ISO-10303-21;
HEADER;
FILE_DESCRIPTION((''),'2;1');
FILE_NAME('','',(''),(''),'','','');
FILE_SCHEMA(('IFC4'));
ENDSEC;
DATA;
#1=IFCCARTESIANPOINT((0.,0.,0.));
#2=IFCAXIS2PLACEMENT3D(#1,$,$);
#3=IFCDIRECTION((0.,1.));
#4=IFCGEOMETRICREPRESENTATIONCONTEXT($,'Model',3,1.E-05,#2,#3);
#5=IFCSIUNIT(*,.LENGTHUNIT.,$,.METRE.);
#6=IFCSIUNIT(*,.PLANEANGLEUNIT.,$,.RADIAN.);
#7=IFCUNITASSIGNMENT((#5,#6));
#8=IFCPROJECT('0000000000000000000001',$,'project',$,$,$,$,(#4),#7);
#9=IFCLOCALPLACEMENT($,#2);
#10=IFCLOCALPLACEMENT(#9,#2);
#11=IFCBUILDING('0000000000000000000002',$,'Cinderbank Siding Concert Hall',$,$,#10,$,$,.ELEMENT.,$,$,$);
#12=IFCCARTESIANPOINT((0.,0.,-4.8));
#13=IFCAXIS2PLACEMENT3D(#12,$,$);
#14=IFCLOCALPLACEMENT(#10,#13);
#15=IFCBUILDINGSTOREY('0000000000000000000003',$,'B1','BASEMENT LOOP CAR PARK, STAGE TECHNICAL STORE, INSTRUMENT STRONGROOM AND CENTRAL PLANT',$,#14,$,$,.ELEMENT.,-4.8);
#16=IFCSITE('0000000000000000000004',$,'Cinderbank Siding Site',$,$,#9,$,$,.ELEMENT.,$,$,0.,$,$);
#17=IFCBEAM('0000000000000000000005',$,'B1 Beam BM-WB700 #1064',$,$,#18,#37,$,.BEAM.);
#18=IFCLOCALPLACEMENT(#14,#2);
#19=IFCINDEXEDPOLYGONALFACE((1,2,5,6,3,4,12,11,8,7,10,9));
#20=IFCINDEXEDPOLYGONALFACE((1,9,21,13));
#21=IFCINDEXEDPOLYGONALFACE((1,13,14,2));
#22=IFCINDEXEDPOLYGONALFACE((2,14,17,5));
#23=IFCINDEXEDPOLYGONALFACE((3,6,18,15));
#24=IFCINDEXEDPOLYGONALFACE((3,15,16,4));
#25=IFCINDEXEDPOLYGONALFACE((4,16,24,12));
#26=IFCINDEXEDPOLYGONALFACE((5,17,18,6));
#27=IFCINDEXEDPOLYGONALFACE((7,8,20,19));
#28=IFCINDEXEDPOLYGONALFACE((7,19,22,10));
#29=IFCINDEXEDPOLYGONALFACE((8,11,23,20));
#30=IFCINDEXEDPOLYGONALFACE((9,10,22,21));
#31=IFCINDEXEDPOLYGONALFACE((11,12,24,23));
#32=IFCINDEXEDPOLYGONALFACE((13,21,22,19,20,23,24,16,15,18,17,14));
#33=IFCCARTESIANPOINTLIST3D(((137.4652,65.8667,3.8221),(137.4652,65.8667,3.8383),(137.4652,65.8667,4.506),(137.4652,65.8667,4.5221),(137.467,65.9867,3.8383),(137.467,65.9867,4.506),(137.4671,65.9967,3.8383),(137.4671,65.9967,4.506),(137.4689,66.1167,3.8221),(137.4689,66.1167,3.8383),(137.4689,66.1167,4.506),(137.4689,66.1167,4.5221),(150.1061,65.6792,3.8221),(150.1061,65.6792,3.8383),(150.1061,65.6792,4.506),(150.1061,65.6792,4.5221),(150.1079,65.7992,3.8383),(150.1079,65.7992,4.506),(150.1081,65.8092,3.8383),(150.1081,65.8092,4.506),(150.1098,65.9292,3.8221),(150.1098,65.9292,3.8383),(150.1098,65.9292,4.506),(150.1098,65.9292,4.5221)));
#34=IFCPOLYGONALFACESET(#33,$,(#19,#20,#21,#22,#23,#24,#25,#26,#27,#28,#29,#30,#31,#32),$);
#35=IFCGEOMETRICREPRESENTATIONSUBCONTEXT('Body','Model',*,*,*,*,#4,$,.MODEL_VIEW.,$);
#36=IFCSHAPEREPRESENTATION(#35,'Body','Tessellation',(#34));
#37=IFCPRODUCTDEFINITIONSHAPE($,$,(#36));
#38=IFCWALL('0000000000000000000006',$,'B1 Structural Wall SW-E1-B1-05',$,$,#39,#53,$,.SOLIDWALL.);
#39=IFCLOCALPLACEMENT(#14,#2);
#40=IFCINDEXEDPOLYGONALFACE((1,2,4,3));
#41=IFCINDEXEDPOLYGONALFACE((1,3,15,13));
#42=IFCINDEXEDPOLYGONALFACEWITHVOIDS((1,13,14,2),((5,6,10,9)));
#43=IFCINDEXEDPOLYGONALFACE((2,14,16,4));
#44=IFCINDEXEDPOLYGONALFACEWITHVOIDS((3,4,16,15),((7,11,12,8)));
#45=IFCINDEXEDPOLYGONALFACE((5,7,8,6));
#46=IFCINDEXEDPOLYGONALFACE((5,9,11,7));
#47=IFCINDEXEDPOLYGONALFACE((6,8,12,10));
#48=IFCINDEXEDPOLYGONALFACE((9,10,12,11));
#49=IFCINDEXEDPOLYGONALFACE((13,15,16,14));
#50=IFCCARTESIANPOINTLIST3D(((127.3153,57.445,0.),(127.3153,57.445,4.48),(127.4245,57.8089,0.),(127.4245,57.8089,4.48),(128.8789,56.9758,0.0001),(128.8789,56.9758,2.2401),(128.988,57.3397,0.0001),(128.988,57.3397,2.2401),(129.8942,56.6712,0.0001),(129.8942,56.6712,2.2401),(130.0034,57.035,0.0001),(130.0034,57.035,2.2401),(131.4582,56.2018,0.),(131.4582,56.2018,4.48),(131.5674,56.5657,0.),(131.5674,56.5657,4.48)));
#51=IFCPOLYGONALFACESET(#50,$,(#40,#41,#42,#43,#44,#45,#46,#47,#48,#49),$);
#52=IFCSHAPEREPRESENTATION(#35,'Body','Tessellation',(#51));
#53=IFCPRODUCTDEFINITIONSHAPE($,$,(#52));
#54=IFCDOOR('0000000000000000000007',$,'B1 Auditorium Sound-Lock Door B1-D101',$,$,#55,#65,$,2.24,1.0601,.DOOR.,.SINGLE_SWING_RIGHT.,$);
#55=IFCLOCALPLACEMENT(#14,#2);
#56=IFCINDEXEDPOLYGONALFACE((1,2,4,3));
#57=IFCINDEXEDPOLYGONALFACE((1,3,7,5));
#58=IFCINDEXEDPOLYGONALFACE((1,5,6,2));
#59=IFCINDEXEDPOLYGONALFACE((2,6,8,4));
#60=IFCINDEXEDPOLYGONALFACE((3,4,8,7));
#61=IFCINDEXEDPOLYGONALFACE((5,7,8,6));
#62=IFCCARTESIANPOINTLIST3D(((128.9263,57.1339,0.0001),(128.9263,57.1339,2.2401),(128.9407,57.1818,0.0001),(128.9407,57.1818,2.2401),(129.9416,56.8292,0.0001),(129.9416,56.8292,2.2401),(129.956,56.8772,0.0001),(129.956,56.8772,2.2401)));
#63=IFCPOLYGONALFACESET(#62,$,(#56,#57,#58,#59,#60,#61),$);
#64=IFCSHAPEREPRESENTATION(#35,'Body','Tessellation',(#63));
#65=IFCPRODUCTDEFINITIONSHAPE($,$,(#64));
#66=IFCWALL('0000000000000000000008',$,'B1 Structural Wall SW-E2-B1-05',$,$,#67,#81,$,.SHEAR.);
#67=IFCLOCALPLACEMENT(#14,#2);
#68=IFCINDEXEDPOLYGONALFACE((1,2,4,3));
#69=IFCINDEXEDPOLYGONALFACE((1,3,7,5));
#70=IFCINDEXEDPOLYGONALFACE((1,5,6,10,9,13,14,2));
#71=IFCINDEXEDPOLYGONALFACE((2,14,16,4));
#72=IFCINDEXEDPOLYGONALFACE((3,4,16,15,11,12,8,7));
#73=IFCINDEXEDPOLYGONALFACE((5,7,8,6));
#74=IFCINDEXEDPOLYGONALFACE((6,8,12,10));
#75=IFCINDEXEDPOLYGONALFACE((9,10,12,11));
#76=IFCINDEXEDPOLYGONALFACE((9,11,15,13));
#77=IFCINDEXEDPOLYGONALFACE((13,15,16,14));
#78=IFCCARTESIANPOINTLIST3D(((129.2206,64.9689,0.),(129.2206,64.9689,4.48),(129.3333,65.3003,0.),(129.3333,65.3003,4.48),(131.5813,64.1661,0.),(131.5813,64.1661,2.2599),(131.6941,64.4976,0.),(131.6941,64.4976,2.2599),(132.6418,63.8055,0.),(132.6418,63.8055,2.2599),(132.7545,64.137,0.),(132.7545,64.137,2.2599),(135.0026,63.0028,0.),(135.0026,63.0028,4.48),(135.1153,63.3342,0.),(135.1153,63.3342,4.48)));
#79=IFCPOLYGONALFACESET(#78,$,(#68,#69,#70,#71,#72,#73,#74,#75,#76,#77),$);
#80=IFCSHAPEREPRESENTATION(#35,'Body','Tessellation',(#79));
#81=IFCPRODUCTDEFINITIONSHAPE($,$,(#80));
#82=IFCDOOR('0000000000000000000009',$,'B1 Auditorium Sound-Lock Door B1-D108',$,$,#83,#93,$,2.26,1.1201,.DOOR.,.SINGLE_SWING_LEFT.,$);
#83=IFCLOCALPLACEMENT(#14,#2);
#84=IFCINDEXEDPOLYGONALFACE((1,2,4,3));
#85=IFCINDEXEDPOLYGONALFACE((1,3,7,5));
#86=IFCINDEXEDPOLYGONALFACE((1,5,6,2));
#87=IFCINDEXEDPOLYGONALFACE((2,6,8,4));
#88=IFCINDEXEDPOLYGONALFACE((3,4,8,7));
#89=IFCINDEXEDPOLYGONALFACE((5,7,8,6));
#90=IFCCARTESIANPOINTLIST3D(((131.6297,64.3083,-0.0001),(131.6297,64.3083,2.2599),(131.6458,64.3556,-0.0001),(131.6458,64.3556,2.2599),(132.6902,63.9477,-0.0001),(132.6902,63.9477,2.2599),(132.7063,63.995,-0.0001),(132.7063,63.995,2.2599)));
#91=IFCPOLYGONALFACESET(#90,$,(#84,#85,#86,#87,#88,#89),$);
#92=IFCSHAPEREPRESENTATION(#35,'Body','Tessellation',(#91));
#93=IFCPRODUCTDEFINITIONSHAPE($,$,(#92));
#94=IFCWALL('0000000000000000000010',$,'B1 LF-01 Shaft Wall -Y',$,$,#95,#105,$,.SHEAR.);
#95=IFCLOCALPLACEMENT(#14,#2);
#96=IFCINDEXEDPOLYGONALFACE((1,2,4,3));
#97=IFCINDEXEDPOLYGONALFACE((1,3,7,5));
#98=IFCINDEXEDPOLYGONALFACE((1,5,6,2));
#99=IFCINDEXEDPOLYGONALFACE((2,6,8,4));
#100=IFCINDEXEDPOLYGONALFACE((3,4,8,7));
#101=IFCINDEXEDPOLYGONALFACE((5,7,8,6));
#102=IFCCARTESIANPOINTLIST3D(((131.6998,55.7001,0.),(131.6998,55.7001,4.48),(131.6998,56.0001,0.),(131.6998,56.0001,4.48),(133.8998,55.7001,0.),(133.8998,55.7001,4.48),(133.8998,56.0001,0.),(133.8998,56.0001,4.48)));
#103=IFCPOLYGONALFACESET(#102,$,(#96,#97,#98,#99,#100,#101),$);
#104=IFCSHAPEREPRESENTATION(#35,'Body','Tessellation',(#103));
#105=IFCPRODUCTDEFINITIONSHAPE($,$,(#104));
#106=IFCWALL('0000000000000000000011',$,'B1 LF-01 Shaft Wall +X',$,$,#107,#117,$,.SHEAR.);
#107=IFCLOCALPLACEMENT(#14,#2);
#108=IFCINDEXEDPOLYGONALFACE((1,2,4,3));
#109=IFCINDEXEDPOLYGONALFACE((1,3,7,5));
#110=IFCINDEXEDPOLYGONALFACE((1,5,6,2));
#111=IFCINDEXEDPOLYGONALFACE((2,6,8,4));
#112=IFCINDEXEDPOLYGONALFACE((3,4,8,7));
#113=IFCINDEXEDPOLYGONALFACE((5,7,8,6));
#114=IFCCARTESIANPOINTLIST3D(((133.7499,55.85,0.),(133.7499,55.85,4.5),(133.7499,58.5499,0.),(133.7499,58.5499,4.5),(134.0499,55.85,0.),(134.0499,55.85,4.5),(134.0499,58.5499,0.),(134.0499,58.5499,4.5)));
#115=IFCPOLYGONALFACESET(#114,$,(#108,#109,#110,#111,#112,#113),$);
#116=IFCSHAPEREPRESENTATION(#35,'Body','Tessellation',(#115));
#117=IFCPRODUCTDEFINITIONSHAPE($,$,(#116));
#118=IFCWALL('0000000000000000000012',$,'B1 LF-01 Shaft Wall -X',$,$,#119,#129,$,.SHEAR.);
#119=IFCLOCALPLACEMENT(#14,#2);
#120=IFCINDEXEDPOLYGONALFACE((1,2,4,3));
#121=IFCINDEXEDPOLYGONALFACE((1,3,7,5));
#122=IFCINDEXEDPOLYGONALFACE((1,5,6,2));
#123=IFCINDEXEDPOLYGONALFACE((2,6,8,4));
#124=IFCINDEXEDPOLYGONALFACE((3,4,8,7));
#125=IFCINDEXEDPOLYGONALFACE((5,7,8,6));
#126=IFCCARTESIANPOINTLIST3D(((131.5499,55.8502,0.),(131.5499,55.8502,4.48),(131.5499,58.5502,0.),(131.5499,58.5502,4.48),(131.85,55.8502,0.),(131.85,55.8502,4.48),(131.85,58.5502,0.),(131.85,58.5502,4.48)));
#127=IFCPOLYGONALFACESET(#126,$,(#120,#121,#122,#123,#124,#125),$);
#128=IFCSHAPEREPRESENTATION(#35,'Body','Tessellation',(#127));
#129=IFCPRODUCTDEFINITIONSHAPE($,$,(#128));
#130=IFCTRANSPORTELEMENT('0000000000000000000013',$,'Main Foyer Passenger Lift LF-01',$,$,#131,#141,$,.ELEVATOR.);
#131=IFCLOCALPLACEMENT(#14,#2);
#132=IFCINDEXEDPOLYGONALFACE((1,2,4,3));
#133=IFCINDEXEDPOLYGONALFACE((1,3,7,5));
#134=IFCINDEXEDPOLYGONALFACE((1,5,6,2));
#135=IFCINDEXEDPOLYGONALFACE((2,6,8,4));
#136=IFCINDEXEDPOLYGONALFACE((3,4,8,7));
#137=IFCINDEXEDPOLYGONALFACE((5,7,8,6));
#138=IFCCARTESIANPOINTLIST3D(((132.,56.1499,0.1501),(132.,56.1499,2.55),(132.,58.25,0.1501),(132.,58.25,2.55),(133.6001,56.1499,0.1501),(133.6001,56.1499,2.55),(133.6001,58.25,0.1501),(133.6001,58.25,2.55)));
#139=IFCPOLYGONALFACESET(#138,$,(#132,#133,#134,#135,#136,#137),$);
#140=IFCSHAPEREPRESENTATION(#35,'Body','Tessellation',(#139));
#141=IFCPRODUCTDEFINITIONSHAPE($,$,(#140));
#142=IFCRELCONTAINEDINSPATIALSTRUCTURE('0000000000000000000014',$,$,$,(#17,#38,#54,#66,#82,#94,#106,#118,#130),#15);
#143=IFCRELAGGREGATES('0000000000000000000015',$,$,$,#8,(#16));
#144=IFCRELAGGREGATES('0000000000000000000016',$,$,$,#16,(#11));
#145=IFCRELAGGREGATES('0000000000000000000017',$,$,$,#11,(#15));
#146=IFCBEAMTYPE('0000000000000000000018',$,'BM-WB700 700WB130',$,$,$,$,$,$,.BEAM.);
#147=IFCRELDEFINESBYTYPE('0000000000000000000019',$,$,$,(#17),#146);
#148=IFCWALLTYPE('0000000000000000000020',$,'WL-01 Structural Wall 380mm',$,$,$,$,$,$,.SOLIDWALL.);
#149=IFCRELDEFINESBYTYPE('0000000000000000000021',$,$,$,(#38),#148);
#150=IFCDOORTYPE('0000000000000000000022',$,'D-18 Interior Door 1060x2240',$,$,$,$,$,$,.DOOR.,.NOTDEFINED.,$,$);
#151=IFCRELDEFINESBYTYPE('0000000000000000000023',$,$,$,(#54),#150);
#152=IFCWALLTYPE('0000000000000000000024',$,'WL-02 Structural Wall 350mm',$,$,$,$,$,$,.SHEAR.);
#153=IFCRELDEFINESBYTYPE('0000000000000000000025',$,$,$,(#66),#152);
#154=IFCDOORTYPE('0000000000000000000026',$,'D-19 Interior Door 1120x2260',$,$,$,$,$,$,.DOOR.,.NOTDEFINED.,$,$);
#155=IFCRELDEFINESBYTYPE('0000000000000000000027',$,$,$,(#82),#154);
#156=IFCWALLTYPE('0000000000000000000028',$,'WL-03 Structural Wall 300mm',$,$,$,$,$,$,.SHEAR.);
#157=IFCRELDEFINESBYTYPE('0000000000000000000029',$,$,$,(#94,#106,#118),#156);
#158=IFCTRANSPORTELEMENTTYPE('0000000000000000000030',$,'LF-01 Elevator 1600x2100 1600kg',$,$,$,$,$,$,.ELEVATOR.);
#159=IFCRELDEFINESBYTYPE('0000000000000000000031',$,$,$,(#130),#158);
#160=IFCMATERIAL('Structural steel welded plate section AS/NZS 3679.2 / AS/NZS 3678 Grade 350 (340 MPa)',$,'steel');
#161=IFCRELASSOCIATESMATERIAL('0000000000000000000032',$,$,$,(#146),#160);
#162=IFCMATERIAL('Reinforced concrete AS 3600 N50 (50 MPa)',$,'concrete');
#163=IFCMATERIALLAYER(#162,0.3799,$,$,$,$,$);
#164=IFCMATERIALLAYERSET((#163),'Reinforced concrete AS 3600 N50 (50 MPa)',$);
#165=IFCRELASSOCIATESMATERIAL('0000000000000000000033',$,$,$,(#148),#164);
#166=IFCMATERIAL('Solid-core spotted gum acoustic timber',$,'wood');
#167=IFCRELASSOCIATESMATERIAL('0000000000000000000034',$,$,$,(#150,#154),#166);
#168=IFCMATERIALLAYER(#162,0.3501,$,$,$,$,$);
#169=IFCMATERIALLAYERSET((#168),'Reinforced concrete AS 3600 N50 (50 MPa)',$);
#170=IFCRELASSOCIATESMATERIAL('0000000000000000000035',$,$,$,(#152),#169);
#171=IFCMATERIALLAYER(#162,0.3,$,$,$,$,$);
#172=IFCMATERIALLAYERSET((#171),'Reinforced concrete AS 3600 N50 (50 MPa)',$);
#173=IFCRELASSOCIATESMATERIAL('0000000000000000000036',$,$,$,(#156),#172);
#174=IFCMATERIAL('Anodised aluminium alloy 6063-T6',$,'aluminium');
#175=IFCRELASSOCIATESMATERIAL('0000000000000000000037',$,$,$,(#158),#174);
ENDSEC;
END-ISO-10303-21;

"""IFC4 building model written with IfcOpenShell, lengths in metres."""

from ifc_helpers import new_model, si_unit, direction, frame, frame_2d, origin, origin_2d, place, context, subcontext, project, spatial, rectangle, i_section, extrude, material, layer, layer_set, material_profile, profile_set, type_object, element, fill, save


model = new_model("IFC4")

# Units and contexts
model_context = context("Model", 3, precision=1e-05, world=origin(), true_north=direction((0.0, 1.0)))
body_context = subcontext(model_context, "Body", "Model", "MODEL_VIEW")
ifc_project = project(units=[si_unit("LENGTHUNIT", "METRE"), si_unit("PLANEANGLEUNIT", "RADIAN")], contexts=[model_context])

# Site, building, storey
site_placement = place(None, origin())
site = spatial("IfcSite", under=ifc_project, at=site_placement, Name="Cinderbank Siding Site", CompositionType="ELEMENT", RefElevation=0.0)
building_placement = place(site_placement, origin())
building = spatial("IfcBuilding", under=site, at=building_placement, Name="Cinderbank Siding Concert Hall", CompositionType="ELEMENT")
storey_placement = place(building_placement, frame((0.0, 0.0, -4.8)))
storey = spatial("IfcBuildingStorey", under=building, at=storey_placement, Name="B1", Description="BASEMENT LOOP CAR PARK, STAGE TECHNICAL STORE, INSTRUMENT STRONGROOM AND CENTRAL PLANT", CompositionType="ELEMENT", Elevation=-4.8)

# Shared definitions
ifc_material_1 = material(Name="Reinforced concrete AS 3600 N50 (50 MPa)", Category="concrete")

# Beam
ifc_material_2 = material(Name="Structural steel welded plate section AS/NZS 3679.2 / AS/NZS 3678 Grade 350 (340 MPa)", Category="steel")
ifc_material_profile_1 = material_profile(ifc_material_2, i_section(OverallWidth=0.25, OverallDepth=0.7, WebThickness=0.01, FlangeThickness=0.0161, at=origin_2d()), Name="700WB130", Category="LoadBearing")
ifc_profile_set_1 = profile_set([ifc_material_profile_1], Name="Structural steel welded plate section AS/NZS 3679.2 / AS/NZS 3678 Grade 350 (340 MPa)")
beam_type_1 = type_object("IfcBeamType", Name="BM-WB700 700WB130", PredefinedType="BEAM", material=ifc_profile_set_1)
beam_1_placement = place(storey_placement, frame((137.467, 65.9917, 4.1721), z_axis=(0.99989, -0.014831, 0.0), x_axis=(0.014831, 0.99989, 0.0)))
element("IfcBeam", 1, at=beam_1_placement, inside=storey, type_object=beam_type_1, Name="B1 Beam BM-WB700 #1064", PredefinedType="BEAM", context=body_context, shape_type="SweptSolid", body=[
    extrude(i_section(OverallWidth=0.25, OverallDepth=0.7, WebThickness=0.01, FlangeThickness=0.0161, at=origin_2d()), origin(), (0.0, 0.0, 1.0), 12.6423),
])

# Walls, openings, doors
ifc_layer_1 = layer(ifc_material_1, 0.3799)
ifc_layer_set_1 = layer_set([ifc_layer_1], Name="Reinforced concrete AS 3600 N50 (50 MPa)")
wall_type_1 = type_object("IfcWallType", Name="WL-01 Structural Wall 380mm", PredefinedType="SOLIDWALL", material=ifc_layer_set_1)
wall_1_placement = place(storey_placement, frame((131.5127, 56.3838, 0.0), z_axis=(0.0, 0.0, 1.0), x_axis=(-0.957806, 0.287415, 0.0)))
wall_1 = element("IfcWall", 2, at=wall_1_placement, inside=storey, type_object=wall_type_1, Name="B1 Structural Wall SW-E1-B1-05", PredefinedType="SOLIDWALL", context=body_context, shape_type="SweptSolid", body=[
    extrude(rectangle(XDim=4.3254, YDim=0.3799, at=frame_2d((2.1626, 0.0))), origin(), (0.0, 0.0, 1.0), 4.48),
])
opening_1_placement = place(wall_1_placement, frame((1.6328, 0.0, 0.0)))
opening_1 = element("IfcOpeningElement", 3, at=opening_1_placement, cuts=wall_1, PredefinedType="OPENING", context=body_context, shape_type="SweptSolid", body=[
    extrude(rectangle(XDim=1.0601, YDim=2.24, at=frame_2d((0.53, 1.1201))), frame((0.0, 0.2019, 0.0), z_axis=(0.0, -1.0, 0.0), x_axis=(1.0, 0.0, 0.0)), (0.0, 0.0, 1.0), 0.4038),
])
ifc_material_3 = material(Name="Solid-core spotted gum acoustic timber", Category="wood")
door_type_1 = type_object("IfcDoorType", Name="D-18 Interior Door 1060x2240", OperationType="NOTDEFINED", PredefinedType="DOOR", material=ifc_material_3)
door_1_placement = place(opening_1_placement, origin())
door_1 = element("IfcDoor", 4, at=door_1_placement, inside=storey, type_object=door_type_1, Name="B1 Auditorium Sound-Lock Door B1-D101", OperationType="SINGLE_SWING_RIGHT", OverallHeight=2.24, OverallWidth=1.0601, PredefinedType="DOOR", context=body_context, shape_type="SweptSolid", body=[
    extrude(rectangle(XDim=1.0601, YDim=2.24, at=frame_2d((0.53, 1.1201))), frame((0.0, 0.0249, 0.0), z_axis=(0.0, -1.0, 0.0), x_axis=(1.0, 0.0, 0.0)), (0.0, 0.0, 1.0), 0.05),
])
fill(opening_1, door_1)
ifc_layer_2 = layer(ifc_material_1, 0.3501)
ifc_layer_set_2 = layer_set([ifc_layer_2], Name="Reinforced concrete AS 3600 N50 (50 MPa)")
wall_type_2 = type_object("IfcWallType", Name="WL-02 Structural Wall 350mm", PredefinedType="SHEAR", material=ifc_layer_set_2)
wall_2_placement = place(storey_placement, frame((135.0591, 63.1685, 0.0), z_axis=(0.0, 0.0, 1.0), x_axis=(-0.946763, 0.321931, 0.0)))
wall_2 = element("IfcWall", 5, at=wall_2_placement, inside=storey, type_object=wall_type_2, Name="B1 Structural Wall SW-E2-B1-05", PredefinedType="SHEAR", context=body_context, shape_type="SweptSolid", body=[
    extrude(rectangle(XDim=6.1072, YDim=0.3501, at=frame_2d((3.0537, 0.0))), origin(), (0.0, 0.0, 1.0), 4.48),
])
opening_2_placement = place(wall_2_placement, frame((2.4937, 0.0, 0.0)))
opening_2 = element("IfcOpeningElement", 6, at=opening_2_placement, cuts=wall_2, PredefinedType="OPENING", context=body_context, shape_type="SweptSolid", body=[
    extrude(rectangle(XDim=1.1201, YDim=2.26, at=frame_2d((0.5601, 1.1299))), frame((0.0, 0.187, 0.0), z_axis=(0.0, -1.0, 0.0), x_axis=(1.0, 0.0, 0.0)), (0.0, 0.0, 1.0), 0.374),
])
door_type_2 = type_object("IfcDoorType", Name="D-19 Interior Door 1120x2260", OperationType="NOTDEFINED", PredefinedType="DOOR", material=ifc_material_3)
door_2_placement = place(opening_2_placement, origin())
door_2 = element("IfcDoor", 7, at=door_2_placement, inside=storey, type_object=door_type_2, Name="B1 Auditorium Sound-Lock Door B1-D108", OperationType="SINGLE_SWING_LEFT", OverallHeight=2.26, OverallWidth=1.1201, PredefinedType="DOOR", context=body_context, shape_type="SweptSolid", body=[
    extrude(rectangle(XDim=1.1201, YDim=2.26, at=frame_2d((0.5601, 1.1299))), frame((0.0, 0.0249, 0.0), z_axis=(0.0, -1.0, 0.0), x_axis=(1.0, 0.0, 0.0)), (0.0, 0.0, 1.0), 0.05),
])
fill(opening_2, door_2)

# Walls
ifc_layer_3 = layer(ifc_material_1, 0.3)
ifc_layer_set_3 = layer_set([ifc_layer_3], Name="Reinforced concrete AS 3600 N50 (50 MPa)")
wall_type_3 = type_object("IfcWallType", Name="WL-03 Structural Wall 300mm", PredefinedType="SHEAR", material=ifc_layer_set_3)
wall_3_placement = place(storey_placement, frame((133.8999, 55.8501, 0.0), z_axis=(0.0, 0.0, 1.0), x_axis=(-1.0, 0.0, 0.0)))
element("IfcWall", 8, at=wall_3_placement, inside=storey, type_object=wall_type_3, Name="B1 LF-01 Shaft Wall -Y", PredefinedType="SHEAR", context=body_context, shape_type="SweptSolid", body=[
    extrude(rectangle(XDim=2.2, YDim=0.3, at=frame_2d((1.1001, 0.0))), origin(), (0.0, 0.0, 1.0), 4.48),
])
wall_4_placement = place(storey_placement, frame((133.8999, 58.55, 0.0), z_axis=(0.0, 0.0, 1.0), x_axis=(0.0, -1.0, 0.0)))
element("IfcWall", 9, at=wall_4_placement, inside=storey, type_object=wall_type_3, Name="B1 LF-01 Shaft Wall +X", PredefinedType="SHEAR", context=body_context, shape_type="SweptSolid", body=[
    extrude(rectangle(XDim=2.7, YDim=0.3, at=frame_2d((1.3501, 0.0))), origin(), (0.0, 0.0, 1.0), 4.5),
])

# Wall
wall_5_placement = place(storey_placement, frame((131.7, 55.8501, 0.0), z_axis=(0.0, 0.0, 1.0), x_axis=(0.0, 1.0, 0.0)))
element("IfcWall", 10, at=wall_5_placement, inside=storey, type_object=wall_type_3, Name="B1 LF-01 Shaft Wall -X", PredefinedType="SHEAR", context=body_context, shape_type="SweptSolid", body=[
    extrude(rectangle(XDim=2.7, YDim=0.3, at=frame_2d((1.3501, 0.0))), origin(), (0.0, 0.0, 1.0), 4.48),
])

# Transport element
ifc_material_4 = material(Name="Anodised aluminium alloy 6063-T6", Category="aluminium")
transport_element_type = type_object("IfcTransportElementType", Name="LF-01 Elevator 1600x2100 1600kg", PredefinedType="ELEVATOR", material=ifc_material_4)
transport_element_placement = place(storey_placement, frame((132.8, 57.2, 0.1501), z_axis=(0.0, 0.0, 1.0), x_axis=(1.0, 0.0, 0.0)))
element("IfcTransportElement", 11, at=transport_element_placement, inside=storey, type_object=transport_element_type, Name="Main Foyer Passenger Lift LF-01", PredefinedType="ELEVATOR", context=body_context, shape_type="SweptSolid", body=[
    extrude(rectangle(XDim=1.6001, YDim=2.1001, at=origin_2d()), origin(), (0.0, 0.0, 1.0), 2.3999),
])

save(model, "model.ifc")
